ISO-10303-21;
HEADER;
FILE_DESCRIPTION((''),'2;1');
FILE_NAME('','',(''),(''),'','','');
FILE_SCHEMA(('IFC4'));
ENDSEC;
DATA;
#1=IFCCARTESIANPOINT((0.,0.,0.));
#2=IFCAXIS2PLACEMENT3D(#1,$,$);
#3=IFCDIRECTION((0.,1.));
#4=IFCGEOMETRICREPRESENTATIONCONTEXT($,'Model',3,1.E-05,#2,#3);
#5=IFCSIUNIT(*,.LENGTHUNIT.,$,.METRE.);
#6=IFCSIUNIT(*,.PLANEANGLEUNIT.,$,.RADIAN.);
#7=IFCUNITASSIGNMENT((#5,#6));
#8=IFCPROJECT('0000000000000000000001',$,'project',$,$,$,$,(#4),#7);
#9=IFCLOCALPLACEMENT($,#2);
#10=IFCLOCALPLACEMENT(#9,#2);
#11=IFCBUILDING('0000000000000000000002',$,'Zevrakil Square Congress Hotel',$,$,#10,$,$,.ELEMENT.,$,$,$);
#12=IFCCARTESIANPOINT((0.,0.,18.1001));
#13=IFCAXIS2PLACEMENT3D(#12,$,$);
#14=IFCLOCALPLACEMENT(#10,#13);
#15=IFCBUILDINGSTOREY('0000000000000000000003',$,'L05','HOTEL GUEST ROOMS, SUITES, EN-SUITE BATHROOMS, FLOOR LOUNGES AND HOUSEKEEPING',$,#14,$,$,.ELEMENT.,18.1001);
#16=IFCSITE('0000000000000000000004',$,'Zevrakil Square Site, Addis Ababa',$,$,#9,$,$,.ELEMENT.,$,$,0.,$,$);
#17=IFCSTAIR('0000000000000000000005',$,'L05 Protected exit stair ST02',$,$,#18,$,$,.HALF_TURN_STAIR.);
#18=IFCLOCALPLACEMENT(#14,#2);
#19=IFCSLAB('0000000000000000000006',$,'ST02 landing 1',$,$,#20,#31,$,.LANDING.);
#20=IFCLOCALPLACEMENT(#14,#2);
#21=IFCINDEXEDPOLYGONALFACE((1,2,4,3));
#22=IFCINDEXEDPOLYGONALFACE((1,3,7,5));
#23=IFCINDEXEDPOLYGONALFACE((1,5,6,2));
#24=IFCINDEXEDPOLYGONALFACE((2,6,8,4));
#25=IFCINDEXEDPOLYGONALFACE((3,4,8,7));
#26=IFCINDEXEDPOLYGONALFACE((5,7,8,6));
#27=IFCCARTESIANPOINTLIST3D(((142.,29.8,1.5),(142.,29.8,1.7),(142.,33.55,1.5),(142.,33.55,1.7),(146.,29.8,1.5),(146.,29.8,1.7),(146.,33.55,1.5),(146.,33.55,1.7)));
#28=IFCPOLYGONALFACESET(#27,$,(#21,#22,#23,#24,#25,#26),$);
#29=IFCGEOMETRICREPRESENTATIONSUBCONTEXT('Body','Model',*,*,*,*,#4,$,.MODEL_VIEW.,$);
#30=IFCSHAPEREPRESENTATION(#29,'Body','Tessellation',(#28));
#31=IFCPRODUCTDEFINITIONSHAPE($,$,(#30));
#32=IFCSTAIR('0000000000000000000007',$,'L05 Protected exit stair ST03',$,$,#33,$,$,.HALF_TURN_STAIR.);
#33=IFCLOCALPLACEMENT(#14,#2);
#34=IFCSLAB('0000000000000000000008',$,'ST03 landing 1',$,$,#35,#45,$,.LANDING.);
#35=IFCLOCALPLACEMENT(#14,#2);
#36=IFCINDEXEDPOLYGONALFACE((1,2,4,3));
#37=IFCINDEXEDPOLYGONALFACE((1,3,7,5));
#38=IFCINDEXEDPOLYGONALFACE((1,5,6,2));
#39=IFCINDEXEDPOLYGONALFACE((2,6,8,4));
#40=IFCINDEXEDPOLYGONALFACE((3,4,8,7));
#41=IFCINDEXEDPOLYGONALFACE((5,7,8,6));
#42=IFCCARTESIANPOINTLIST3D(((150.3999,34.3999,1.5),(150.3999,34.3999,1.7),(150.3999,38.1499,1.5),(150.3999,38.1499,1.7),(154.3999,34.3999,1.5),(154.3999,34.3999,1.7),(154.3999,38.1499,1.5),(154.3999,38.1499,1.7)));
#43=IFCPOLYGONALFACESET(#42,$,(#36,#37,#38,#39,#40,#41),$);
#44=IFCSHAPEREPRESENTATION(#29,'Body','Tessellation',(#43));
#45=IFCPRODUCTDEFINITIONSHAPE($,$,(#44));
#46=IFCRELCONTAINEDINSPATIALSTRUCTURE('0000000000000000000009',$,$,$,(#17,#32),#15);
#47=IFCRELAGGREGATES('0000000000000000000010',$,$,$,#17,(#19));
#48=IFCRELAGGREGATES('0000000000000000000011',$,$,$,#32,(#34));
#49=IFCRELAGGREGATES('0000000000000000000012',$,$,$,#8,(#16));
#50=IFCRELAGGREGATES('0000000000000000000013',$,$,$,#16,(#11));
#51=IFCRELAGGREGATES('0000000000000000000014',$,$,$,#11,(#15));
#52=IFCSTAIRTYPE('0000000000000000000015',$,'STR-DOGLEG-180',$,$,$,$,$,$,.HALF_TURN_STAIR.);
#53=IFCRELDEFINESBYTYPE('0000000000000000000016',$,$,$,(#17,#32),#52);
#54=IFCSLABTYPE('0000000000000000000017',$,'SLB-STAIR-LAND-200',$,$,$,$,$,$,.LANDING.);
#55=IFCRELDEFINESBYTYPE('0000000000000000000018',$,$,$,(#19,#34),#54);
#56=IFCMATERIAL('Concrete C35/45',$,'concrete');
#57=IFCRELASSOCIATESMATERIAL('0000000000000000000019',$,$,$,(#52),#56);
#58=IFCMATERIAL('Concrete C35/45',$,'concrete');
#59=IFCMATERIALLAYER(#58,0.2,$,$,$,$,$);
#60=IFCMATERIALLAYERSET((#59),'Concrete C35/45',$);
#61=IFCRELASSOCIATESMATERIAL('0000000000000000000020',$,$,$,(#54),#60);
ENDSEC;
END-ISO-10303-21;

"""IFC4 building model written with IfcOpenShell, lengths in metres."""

from ifc_helpers import new_model, si_unit, direction, frame, origin, place, context, subcontext, project, spatial, polyline, outline, extrude, material, layer, layer_set, type_object, element, aggregate, save


model = new_model("IFC4")

# Units and contexts
model_context = context("Model", 3, precision=1e-05, world=origin(), true_north=direction((0.0, 1.0)))
body_context = subcontext(model_context, "Body", "Model", "MODEL_VIEW")
ifc_project = project(units=[si_unit("LENGTHUNIT", "METRE"), si_unit("PLANEANGLEUNIT", "RADIAN")], contexts=[model_context])

# Site, building, storey
site_placement = place(None, origin())
site = spatial("IfcSite", under=ifc_project, at=site_placement, Name="Zevrakil Square Site, Addis Ababa", CompositionType="ELEMENT", RefElevation=0.0)
building_placement = place(site_placement, origin())
building = spatial("IfcBuilding", under=site, at=building_placement, Name="Zevrakil Square Congress Hotel", CompositionType="ELEMENT")
storey_placement = place(building_placement, frame((0.0, 0.0, 18.1001)))
storey = spatial("IfcBuildingStorey", under=building, at=storey_placement, Name="L05", Description="HOTEL GUEST ROOMS, SUITES, EN-SUITE BATHROOMS, FLOOR LOUNGES AND HOUSEKEEPING", CompositionType="ELEMENT", Elevation=18.1001)

# Stairs, slabs
ifc_material_1 = material(Name="Concrete C35/45", Category="concrete")
stair_type = type_object("IfcStairType", Name="STR-DOGLEG-180", PredefinedType="HALF_TURN_STAIR", material=ifc_material_1)
ifc_material_2 = material(Name="Concrete C35/45", Category="concrete")
ifc_layer_1 = layer(ifc_material_2, 0.2)
ifc_layer_set_1 = layer_set([ifc_layer_1], Name="Concrete C35/45")
slab_type_1 = type_object("IfcSlabType", Name="SLB-STAIR-LAND-200", PredefinedType="LANDING", material=ifc_layer_set_1)
stair_1_placement = place(storey_placement, origin())
stair_1 = element("IfcStair", 1, at=stair_1_placement, inside=storey, type_object=stair_type, Name="L05 Protected exit stair ST02", PredefinedType="HALF_TURN_STAIR")
slab_1_placement = place(storey_placement, frame((0.0, 0.0, 1.5)))
slab_1 = element("IfcSlab", 2, at=slab_1_placement, type_object=slab_type_1, Name="ST02 landing 1", PredefinedType="LANDING", context=body_context, shape_type="SweptSolid", body=[
    extrude(outline(polyline([(142.0, 29.8), (146.0, 29.8), (146.0, 33.55), (142.0, 33.55), (142.0, 29.8)])), origin(), (0.0, 0.0, 1.0), 0.2),
])
aggregate(stair_1, [slab_1])
stair_2_placement = place(storey_placement, origin())
stair_2 = element("IfcStair", 3, at=stair_2_placement, inside=storey, type_object=stair_type, Name="L05 Protected exit stair ST03", PredefinedType="HALF_TURN_STAIR")
slab_2_placement = place(storey_placement, frame((0.0, 0.0, 1.5)))
slab_2 = element("IfcSlab", 4, at=slab_2_placement, type_object=slab_type_1, Name="ST03 landing 1", PredefinedType="LANDING", context=body_context, shape_type="SweptSolid", body=[
    extrude(outline(polyline([(150.3999, 34.3999), (154.3999, 34.3999), (154.3999, 38.1499), (150.3999, 38.1499), (150.3999, 34.3999)])), origin(), (0.0, 0.0, 1.0), 0.2),
])
aggregate(stair_2, [slab_2])

save(model, "model.ifc")
